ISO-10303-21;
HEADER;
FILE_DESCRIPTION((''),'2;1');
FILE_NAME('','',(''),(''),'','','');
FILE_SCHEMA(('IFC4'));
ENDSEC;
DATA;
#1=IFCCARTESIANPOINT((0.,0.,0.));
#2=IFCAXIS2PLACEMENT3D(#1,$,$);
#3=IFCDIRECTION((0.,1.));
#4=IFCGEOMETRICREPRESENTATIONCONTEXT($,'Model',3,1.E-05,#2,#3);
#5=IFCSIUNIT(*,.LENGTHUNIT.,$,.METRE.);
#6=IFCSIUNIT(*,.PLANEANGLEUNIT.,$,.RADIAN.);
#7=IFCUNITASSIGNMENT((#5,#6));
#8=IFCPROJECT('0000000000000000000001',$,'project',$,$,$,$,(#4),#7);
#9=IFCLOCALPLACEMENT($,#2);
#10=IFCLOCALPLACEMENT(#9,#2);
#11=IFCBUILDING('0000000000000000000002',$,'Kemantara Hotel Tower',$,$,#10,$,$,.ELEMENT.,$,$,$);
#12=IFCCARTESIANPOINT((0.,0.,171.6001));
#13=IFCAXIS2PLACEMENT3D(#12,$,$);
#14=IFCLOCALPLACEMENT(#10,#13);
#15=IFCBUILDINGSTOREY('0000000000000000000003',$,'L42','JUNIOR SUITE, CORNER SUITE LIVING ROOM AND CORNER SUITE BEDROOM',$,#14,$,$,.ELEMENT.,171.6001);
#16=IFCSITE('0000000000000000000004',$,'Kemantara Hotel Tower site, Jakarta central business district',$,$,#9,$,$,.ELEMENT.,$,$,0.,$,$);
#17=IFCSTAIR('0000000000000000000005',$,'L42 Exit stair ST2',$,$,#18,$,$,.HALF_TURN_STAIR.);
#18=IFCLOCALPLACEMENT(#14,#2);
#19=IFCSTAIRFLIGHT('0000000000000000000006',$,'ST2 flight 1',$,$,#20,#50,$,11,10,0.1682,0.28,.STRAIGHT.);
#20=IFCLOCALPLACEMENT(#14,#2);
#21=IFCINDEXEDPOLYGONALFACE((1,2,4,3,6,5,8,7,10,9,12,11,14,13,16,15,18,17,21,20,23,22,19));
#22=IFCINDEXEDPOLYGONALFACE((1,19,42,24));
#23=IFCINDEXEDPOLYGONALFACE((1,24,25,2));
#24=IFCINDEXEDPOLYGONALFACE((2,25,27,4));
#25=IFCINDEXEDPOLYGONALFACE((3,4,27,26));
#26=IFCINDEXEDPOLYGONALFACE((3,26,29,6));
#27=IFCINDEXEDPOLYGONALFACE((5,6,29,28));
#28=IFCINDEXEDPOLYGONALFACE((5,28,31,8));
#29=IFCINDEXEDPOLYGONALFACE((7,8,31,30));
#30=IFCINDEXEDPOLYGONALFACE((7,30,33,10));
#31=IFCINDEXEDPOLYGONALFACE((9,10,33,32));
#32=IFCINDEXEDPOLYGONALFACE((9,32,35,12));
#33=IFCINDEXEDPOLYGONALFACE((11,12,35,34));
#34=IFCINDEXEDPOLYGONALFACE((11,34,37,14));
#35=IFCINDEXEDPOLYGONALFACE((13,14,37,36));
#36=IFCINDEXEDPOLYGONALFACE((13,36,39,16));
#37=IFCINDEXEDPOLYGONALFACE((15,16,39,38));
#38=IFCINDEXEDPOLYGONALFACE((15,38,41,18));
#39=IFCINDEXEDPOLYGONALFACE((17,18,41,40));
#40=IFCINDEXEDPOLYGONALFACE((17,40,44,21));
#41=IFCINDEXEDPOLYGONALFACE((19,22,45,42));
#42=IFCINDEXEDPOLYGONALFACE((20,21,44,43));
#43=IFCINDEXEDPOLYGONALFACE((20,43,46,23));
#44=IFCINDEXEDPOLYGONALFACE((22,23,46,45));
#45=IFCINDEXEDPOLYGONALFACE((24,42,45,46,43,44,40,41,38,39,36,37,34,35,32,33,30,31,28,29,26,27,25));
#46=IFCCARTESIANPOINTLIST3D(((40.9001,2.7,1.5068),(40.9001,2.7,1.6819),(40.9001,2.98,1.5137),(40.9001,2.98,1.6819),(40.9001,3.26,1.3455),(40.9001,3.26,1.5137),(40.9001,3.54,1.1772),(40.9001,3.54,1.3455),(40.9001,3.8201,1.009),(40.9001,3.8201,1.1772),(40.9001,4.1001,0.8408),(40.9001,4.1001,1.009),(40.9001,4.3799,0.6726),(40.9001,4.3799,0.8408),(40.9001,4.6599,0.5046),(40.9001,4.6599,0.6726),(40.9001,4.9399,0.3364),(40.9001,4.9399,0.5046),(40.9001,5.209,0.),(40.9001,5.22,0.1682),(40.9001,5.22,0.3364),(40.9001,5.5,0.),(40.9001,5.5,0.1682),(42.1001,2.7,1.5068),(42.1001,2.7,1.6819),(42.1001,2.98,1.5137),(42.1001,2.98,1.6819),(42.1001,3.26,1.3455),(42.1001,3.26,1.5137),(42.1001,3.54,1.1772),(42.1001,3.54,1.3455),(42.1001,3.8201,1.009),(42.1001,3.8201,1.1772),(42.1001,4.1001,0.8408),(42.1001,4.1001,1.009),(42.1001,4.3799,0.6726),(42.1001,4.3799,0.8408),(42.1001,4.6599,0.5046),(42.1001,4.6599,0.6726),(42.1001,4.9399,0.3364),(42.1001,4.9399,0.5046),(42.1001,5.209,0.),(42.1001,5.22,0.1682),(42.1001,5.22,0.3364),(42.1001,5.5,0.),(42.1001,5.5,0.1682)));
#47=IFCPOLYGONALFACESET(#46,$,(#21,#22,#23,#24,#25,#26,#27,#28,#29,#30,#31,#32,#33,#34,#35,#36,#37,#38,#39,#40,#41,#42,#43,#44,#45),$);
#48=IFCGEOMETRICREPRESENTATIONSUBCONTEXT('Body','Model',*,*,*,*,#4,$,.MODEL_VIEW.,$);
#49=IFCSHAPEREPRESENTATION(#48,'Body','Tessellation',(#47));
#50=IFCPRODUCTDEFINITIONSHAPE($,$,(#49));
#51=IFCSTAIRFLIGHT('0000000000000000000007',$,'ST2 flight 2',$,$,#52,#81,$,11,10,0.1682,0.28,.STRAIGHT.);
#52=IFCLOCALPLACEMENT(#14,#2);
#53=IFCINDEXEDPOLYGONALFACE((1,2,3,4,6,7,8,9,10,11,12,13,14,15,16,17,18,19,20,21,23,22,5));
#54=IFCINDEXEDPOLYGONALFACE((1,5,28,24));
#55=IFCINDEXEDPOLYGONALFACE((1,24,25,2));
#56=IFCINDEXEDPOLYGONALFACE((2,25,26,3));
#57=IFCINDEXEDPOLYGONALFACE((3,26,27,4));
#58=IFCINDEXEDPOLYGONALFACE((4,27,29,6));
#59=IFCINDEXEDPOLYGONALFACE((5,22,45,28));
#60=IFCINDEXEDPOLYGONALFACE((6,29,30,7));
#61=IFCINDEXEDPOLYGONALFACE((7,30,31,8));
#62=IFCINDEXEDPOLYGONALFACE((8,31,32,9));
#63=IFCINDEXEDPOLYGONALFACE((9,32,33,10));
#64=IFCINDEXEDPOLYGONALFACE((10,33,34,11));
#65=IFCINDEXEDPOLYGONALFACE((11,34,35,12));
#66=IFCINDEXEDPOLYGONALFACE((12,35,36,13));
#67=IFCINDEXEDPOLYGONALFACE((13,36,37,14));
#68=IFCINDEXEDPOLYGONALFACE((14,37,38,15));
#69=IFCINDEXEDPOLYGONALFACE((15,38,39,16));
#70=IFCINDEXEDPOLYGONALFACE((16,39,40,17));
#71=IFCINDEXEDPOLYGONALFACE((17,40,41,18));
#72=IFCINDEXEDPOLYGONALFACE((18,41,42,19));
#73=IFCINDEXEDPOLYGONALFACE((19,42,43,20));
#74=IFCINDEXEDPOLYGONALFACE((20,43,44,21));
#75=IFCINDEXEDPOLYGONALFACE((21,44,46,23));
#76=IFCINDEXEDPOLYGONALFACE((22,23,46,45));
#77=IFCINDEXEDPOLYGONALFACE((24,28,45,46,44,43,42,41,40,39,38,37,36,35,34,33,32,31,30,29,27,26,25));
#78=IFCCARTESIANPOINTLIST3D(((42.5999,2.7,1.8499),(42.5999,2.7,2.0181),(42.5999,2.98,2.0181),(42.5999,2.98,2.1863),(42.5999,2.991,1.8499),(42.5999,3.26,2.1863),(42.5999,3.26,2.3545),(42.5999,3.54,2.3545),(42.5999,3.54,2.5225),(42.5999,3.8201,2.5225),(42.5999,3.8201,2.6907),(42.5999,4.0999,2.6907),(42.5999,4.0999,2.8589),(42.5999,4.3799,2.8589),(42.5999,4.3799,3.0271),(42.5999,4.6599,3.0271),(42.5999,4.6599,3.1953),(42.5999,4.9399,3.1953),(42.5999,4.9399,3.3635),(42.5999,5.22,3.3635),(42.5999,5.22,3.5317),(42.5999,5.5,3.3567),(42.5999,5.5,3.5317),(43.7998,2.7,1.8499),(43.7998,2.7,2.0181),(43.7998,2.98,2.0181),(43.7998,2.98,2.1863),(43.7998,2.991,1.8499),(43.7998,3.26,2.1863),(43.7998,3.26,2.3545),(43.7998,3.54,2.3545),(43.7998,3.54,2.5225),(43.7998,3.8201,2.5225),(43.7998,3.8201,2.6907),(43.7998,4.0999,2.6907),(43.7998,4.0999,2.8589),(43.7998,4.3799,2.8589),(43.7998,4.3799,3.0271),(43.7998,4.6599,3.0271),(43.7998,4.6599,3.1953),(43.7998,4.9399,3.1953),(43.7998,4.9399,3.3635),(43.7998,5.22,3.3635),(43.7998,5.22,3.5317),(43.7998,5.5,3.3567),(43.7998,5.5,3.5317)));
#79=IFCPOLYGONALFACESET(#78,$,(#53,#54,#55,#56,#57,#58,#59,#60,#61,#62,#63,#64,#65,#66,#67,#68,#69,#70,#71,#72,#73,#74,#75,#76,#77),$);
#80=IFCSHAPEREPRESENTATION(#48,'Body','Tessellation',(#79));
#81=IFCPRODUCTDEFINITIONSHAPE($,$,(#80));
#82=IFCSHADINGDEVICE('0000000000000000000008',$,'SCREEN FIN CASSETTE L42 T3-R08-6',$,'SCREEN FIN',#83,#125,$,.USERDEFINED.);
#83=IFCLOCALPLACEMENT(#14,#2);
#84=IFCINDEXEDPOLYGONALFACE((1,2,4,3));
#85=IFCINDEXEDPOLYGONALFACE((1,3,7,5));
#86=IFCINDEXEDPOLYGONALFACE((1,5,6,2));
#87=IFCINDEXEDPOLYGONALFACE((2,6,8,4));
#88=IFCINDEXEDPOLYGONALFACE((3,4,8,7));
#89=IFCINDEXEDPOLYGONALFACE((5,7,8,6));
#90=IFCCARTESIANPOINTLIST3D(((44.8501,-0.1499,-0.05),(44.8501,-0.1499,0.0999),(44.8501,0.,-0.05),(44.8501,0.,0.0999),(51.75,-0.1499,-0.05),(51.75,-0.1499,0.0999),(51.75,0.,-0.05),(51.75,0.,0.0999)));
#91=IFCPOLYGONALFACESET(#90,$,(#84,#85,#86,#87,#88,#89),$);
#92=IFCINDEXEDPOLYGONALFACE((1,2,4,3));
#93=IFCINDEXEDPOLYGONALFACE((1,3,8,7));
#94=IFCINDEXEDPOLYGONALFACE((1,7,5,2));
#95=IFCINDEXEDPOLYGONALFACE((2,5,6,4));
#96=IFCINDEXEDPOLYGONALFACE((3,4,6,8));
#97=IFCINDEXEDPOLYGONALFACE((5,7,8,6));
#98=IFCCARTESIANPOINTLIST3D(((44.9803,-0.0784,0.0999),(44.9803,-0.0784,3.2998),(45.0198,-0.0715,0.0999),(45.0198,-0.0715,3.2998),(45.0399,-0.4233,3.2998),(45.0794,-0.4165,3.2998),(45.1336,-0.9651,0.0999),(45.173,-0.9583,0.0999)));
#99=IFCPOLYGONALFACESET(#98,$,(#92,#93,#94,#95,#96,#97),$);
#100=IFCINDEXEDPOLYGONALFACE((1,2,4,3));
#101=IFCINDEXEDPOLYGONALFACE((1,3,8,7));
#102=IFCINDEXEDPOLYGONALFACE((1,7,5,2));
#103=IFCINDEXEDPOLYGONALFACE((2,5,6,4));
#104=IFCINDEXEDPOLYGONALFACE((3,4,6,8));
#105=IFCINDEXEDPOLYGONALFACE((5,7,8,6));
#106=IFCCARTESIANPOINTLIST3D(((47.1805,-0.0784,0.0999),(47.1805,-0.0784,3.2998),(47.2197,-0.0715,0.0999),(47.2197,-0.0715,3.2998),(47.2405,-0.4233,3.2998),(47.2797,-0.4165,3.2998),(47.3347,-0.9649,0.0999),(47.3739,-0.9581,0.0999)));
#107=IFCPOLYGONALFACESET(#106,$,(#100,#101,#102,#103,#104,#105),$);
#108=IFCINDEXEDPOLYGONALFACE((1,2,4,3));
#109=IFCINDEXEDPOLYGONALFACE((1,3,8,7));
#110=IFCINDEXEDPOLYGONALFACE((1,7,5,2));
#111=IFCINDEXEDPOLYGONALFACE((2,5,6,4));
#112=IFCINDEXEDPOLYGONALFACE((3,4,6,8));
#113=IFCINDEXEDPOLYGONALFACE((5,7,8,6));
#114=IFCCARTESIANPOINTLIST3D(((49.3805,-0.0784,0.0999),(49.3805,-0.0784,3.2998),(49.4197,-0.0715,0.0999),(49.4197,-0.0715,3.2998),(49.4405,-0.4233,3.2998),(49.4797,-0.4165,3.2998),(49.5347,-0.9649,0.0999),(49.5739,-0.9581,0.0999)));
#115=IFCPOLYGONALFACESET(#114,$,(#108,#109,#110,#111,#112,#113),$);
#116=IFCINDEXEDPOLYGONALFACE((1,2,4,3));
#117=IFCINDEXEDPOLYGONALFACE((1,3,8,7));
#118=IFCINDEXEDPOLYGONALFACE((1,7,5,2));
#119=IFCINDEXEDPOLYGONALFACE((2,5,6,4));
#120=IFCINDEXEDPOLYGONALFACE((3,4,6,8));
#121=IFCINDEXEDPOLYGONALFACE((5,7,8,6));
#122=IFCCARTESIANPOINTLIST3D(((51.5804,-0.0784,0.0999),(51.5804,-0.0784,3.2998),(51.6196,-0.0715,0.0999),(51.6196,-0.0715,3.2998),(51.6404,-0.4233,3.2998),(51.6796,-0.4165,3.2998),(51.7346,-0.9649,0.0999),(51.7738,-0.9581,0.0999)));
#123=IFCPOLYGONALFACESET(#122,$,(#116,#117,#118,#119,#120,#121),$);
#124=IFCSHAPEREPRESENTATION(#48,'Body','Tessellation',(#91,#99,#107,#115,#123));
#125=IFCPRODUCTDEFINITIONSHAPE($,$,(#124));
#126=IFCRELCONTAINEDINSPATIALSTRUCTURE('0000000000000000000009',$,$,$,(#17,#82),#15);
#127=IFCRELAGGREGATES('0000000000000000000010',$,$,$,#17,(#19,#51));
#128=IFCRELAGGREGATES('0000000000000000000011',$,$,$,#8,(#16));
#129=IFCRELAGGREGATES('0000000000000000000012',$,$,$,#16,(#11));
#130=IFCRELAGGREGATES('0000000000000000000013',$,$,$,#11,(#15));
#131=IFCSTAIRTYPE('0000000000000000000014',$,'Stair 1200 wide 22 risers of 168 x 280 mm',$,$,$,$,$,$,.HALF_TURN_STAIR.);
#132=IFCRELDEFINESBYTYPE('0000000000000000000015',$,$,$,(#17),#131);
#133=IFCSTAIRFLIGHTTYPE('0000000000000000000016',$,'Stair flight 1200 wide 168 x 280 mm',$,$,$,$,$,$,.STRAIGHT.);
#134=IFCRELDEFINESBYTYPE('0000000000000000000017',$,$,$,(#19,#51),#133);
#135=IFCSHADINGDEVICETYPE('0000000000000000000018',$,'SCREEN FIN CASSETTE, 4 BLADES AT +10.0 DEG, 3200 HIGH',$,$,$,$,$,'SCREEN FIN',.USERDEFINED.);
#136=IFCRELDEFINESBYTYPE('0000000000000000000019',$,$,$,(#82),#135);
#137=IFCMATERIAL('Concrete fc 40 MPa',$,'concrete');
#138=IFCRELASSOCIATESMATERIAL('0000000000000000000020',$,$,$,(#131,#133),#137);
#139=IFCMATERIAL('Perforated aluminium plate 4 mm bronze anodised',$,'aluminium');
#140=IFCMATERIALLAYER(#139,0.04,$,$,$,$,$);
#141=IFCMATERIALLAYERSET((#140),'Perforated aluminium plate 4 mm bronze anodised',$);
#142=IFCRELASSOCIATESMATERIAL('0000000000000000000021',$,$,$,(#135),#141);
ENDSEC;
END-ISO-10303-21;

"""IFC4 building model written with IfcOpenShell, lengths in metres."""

from ifc_helpers import new_model, si_unit, direction, frame, origin, origin_2d, place, context, subcontext, project, spatial, polyline, rectangle, outline, extrude, source, transform, mapped, material, layer, layer_set, type_object, element, aggregate, save


model = new_model("IFC4")

# Units and contexts
model_context = context("Model", 3, precision=1e-05, world=origin(), true_north=direction((0.0, 1.0)))
body_context = subcontext(model_context, "Body", "Model", "MODEL_VIEW")
ifc_project = project(units=[si_unit("LENGTHUNIT", "METRE"), si_unit("PLANEANGLEUNIT", "RADIAN")], contexts=[model_context])

# Site, building, storey
site_placement = place(None, origin())
site = spatial("IfcSite", under=ifc_project, at=site_placement, Name="Kemantara Hotel Tower site, Jakarta central business district", CompositionType="ELEMENT", RefElevation=0.0)
building_placement = place(site_placement, origin())
building = spatial("IfcBuilding", under=site, at=building_placement, Name="Kemantara Hotel Tower", CompositionType="ELEMENT")
storey_placement = place(building_placement, frame((0.0, 0.0, 171.6001)))
storey = spatial("IfcBuildingStorey", under=building, at=storey_placement, Name="L42", Description="JUNIOR SUITE, CORNER SUITE LIVING ROOM AND CORNER SUITE BEDROOM", CompositionType="ELEMENT", Elevation=171.6001)

# Stair, stair flights
ifc_material_1 = material(Name="Concrete fc 40 MPa", Category="concrete")
stair_type = type_object("IfcStairType", Name="Stair 1200 wide 22 risers of 168 x 280 mm", PredefinedType="HALF_TURN_STAIR", material=ifc_material_1)
stair_placement = place(storey_placement, origin())
stair = element("IfcStair", 1, at=stair_placement, inside=storey, type_object=stair_type, Name="L42 Exit stair ST2", PredefinedType="HALF_TURN_STAIR")
stair_flight_type = type_object("IfcStairFlightType", Name="Stair flight 1200 wide 168 x 280 mm", PredefinedType="STRAIGHT", material=ifc_material_1)
stair_flight_1_placement = place(storey_placement, frame((41.5, 5.5, 0.0), z_axis=(0.0, 0.0, 1.0), x_axis=(0.0, -1.0, 0.0)))
stair_flight_1 = element("IfcStairFlight", 2, at=stair_flight_1_placement, type_object=stair_flight_type, Name="ST2 flight 1", NumberOfRisers=11, NumberOfTreads=10, PredefinedType="STRAIGHT", RiserHeight=0.1682, TreadLength=0.28, context=body_context, shape_type="SweptSolid", body=[
    extrude(outline(polyline([(0.0, 0.0), (0.0, 0.1682), (0.28, 0.1682), (0.28, 0.3364), (0.5601, 0.3364), (0.5601, 0.5046), (0.8401, 0.5046), (0.8401, 0.6726), (1.1201, 0.6726), (1.1201, 0.8408), (1.3999, 0.8408), (1.3999, 1.009), (1.6799, 1.009), (1.6799, 1.1772), (1.96, 1.1772), (1.96, 1.3455), (2.24, 1.3455), (2.24, 1.5137), (2.52, 1.5137), (2.52, 1.6819), (2.8, 1.6819), (2.8, 1.8501), (2.8, 1.5068), (0.291, 0.0), (0.0, 0.0)])), frame((0.0, 0.6001, 0.0), z_axis=(0.0, -1.0, 0.0), x_axis=(1.0, 0.0, 0.0)), (0.0, 0.0, 1.0), 1.2),
])
stair_flight_2_placement = place(storey_placement, frame((43.2, 2.7, 1.8499), z_axis=(0.0, 0.0, 1.0), x_axis=(0.0, 1.0, 0.0)))
stair_flight_2 = element("IfcStairFlight", 3, at=stair_flight_2_placement, type_object=stair_flight_type, Name="ST2 flight 2", NumberOfRisers=11, NumberOfTreads=10, PredefinedType="STRAIGHT", RiserHeight=0.1682, TreadLength=0.28, context=body_context, shape_type="SweptSolid", body=[
    extrude(outline(polyline([(0.0, 0.0), (0.0, 0.1682), (0.28, 0.1682), (0.28, 0.3364), (0.5601, 0.3364), (0.5601, 0.5046), (0.8401, 0.5046), (0.8401, 0.6726), (1.1201, 0.6726), (1.1201, 0.8408), (1.3999, 0.8408), (1.3999, 1.009), (1.6799, 1.009), (1.6799, 1.1772), (1.96, 1.1772), (1.96, 1.3455), (2.24, 1.3455), (2.24, 1.5137), (2.52, 1.5137), (2.52, 1.6819), (2.8, 1.6819), (2.8, 1.8501), (2.8, 1.5068), (0.291, 0.0), (0.0, 0.0)])), frame((0.0, 0.6001, 0.0), z_axis=(0.0, -1.0, 0.0), x_axis=(1.0, 0.0, 0.0)), (0.0, 0.0, 1.0), 1.2),
])
aggregate(stair, [stair_flight_1, stair_flight_2])

# Shading device
ifc_material_2 = material(Name="Perforated aluminium plate 4 mm bronze anodised", Category="aluminium")
ifc_layer_1 = layer(ifc_material_2, 0.04)
ifc_layer_set_1 = layer_set([ifc_layer_1], Name="Perforated aluminium plate 4 mm bronze anodised")
shading_device_type = type_object("IfcShadingDeviceType", Name="SCREEN FIN CASSETTE, 4 BLADES AT +10.0 DEG, 3200 HIGH", ElementType="SCREEN FIN", PredefinedType="USERDEFINED", material=ifc_layer_set_1)
shared_shape = source(origin(), body_context, "Body", "SweptSolid", [
    extrude(rectangle(XDim=6.8999, YDim=0.1499, at=origin_2d()), frame((3.3, -0.075, -0.1499), z_axis=(0.0, 0.0, 1.0), x_axis=(1.0, 0.0, 0.0)), (0.0, 0.0, 1.0), 0.1499),
    extrude(outline(polyline([(0.0, 0.0), (0.8999, 0.0), (0.3501, 3.2), (0.0, 3.2), (0.0, 0.0)])), frame((0.0198, -0.0715, 0.0), z_axis=(-0.98539, -0.170314, 0.0), x_axis=(0.170314, -0.98539, 0.0)), (0.0, 0.0, 1.0), 0.04),
    extrude(outline(polyline([(0.0, 0.0), (0.8999, 0.0), (0.3501, 3.2), (0.0, 3.2), (0.0, 0.0)])), frame((2.2197, -0.0715, 0.0), z_axis=(-0.985212, -0.171341, 0.0), x_axis=(0.171341, -0.985212, 0.0)), (0.0, 0.0, 1.0), 0.0398),
    extrude(outline(polyline([(0.0, 0.0), (0.8999, 0.0), (0.3501, 3.2), (0.0, 3.2), (0.0, 0.0)])), frame((4.4197, -0.0715, 0.0), z_axis=(-0.985212, -0.171341, 0.0), x_axis=(0.171341, -0.985212, 0.0)), (0.0, 0.0, 1.0), 0.0398),
    extrude(outline(polyline([(0.0, 0.0), (0.8999, 0.0), (0.3501, 3.2), (0.0, 3.2), (0.0, 0.0)])), frame((6.6196, -0.0715, 0.0), z_axis=(-0.985212, -0.171341, 0.0), x_axis=(0.171341, -0.985212, 0.0)), (0.0, 0.0, 1.0), 0.0398),
])
shading_device_placement = place(storey_placement, frame((45.0, 0.0, 0.0999), z_axis=(0.0, 0.0, 1.0), x_axis=(1.0, 0.0, 0.0)))
element("IfcShadingDevice", 4, at=shading_device_placement, inside=storey, type_object=shading_device_type, Name="SCREEN FIN CASSETTE L42 T3-R08-6", ObjectType="SCREEN FIN", PredefinedType="USERDEFINED", context=body_context, shape_type="MappedRepresentation", body=[
    mapped(shared_shape, transform((0.0, 0.0, 0.0))),
])

save(model, "model.ifc")
